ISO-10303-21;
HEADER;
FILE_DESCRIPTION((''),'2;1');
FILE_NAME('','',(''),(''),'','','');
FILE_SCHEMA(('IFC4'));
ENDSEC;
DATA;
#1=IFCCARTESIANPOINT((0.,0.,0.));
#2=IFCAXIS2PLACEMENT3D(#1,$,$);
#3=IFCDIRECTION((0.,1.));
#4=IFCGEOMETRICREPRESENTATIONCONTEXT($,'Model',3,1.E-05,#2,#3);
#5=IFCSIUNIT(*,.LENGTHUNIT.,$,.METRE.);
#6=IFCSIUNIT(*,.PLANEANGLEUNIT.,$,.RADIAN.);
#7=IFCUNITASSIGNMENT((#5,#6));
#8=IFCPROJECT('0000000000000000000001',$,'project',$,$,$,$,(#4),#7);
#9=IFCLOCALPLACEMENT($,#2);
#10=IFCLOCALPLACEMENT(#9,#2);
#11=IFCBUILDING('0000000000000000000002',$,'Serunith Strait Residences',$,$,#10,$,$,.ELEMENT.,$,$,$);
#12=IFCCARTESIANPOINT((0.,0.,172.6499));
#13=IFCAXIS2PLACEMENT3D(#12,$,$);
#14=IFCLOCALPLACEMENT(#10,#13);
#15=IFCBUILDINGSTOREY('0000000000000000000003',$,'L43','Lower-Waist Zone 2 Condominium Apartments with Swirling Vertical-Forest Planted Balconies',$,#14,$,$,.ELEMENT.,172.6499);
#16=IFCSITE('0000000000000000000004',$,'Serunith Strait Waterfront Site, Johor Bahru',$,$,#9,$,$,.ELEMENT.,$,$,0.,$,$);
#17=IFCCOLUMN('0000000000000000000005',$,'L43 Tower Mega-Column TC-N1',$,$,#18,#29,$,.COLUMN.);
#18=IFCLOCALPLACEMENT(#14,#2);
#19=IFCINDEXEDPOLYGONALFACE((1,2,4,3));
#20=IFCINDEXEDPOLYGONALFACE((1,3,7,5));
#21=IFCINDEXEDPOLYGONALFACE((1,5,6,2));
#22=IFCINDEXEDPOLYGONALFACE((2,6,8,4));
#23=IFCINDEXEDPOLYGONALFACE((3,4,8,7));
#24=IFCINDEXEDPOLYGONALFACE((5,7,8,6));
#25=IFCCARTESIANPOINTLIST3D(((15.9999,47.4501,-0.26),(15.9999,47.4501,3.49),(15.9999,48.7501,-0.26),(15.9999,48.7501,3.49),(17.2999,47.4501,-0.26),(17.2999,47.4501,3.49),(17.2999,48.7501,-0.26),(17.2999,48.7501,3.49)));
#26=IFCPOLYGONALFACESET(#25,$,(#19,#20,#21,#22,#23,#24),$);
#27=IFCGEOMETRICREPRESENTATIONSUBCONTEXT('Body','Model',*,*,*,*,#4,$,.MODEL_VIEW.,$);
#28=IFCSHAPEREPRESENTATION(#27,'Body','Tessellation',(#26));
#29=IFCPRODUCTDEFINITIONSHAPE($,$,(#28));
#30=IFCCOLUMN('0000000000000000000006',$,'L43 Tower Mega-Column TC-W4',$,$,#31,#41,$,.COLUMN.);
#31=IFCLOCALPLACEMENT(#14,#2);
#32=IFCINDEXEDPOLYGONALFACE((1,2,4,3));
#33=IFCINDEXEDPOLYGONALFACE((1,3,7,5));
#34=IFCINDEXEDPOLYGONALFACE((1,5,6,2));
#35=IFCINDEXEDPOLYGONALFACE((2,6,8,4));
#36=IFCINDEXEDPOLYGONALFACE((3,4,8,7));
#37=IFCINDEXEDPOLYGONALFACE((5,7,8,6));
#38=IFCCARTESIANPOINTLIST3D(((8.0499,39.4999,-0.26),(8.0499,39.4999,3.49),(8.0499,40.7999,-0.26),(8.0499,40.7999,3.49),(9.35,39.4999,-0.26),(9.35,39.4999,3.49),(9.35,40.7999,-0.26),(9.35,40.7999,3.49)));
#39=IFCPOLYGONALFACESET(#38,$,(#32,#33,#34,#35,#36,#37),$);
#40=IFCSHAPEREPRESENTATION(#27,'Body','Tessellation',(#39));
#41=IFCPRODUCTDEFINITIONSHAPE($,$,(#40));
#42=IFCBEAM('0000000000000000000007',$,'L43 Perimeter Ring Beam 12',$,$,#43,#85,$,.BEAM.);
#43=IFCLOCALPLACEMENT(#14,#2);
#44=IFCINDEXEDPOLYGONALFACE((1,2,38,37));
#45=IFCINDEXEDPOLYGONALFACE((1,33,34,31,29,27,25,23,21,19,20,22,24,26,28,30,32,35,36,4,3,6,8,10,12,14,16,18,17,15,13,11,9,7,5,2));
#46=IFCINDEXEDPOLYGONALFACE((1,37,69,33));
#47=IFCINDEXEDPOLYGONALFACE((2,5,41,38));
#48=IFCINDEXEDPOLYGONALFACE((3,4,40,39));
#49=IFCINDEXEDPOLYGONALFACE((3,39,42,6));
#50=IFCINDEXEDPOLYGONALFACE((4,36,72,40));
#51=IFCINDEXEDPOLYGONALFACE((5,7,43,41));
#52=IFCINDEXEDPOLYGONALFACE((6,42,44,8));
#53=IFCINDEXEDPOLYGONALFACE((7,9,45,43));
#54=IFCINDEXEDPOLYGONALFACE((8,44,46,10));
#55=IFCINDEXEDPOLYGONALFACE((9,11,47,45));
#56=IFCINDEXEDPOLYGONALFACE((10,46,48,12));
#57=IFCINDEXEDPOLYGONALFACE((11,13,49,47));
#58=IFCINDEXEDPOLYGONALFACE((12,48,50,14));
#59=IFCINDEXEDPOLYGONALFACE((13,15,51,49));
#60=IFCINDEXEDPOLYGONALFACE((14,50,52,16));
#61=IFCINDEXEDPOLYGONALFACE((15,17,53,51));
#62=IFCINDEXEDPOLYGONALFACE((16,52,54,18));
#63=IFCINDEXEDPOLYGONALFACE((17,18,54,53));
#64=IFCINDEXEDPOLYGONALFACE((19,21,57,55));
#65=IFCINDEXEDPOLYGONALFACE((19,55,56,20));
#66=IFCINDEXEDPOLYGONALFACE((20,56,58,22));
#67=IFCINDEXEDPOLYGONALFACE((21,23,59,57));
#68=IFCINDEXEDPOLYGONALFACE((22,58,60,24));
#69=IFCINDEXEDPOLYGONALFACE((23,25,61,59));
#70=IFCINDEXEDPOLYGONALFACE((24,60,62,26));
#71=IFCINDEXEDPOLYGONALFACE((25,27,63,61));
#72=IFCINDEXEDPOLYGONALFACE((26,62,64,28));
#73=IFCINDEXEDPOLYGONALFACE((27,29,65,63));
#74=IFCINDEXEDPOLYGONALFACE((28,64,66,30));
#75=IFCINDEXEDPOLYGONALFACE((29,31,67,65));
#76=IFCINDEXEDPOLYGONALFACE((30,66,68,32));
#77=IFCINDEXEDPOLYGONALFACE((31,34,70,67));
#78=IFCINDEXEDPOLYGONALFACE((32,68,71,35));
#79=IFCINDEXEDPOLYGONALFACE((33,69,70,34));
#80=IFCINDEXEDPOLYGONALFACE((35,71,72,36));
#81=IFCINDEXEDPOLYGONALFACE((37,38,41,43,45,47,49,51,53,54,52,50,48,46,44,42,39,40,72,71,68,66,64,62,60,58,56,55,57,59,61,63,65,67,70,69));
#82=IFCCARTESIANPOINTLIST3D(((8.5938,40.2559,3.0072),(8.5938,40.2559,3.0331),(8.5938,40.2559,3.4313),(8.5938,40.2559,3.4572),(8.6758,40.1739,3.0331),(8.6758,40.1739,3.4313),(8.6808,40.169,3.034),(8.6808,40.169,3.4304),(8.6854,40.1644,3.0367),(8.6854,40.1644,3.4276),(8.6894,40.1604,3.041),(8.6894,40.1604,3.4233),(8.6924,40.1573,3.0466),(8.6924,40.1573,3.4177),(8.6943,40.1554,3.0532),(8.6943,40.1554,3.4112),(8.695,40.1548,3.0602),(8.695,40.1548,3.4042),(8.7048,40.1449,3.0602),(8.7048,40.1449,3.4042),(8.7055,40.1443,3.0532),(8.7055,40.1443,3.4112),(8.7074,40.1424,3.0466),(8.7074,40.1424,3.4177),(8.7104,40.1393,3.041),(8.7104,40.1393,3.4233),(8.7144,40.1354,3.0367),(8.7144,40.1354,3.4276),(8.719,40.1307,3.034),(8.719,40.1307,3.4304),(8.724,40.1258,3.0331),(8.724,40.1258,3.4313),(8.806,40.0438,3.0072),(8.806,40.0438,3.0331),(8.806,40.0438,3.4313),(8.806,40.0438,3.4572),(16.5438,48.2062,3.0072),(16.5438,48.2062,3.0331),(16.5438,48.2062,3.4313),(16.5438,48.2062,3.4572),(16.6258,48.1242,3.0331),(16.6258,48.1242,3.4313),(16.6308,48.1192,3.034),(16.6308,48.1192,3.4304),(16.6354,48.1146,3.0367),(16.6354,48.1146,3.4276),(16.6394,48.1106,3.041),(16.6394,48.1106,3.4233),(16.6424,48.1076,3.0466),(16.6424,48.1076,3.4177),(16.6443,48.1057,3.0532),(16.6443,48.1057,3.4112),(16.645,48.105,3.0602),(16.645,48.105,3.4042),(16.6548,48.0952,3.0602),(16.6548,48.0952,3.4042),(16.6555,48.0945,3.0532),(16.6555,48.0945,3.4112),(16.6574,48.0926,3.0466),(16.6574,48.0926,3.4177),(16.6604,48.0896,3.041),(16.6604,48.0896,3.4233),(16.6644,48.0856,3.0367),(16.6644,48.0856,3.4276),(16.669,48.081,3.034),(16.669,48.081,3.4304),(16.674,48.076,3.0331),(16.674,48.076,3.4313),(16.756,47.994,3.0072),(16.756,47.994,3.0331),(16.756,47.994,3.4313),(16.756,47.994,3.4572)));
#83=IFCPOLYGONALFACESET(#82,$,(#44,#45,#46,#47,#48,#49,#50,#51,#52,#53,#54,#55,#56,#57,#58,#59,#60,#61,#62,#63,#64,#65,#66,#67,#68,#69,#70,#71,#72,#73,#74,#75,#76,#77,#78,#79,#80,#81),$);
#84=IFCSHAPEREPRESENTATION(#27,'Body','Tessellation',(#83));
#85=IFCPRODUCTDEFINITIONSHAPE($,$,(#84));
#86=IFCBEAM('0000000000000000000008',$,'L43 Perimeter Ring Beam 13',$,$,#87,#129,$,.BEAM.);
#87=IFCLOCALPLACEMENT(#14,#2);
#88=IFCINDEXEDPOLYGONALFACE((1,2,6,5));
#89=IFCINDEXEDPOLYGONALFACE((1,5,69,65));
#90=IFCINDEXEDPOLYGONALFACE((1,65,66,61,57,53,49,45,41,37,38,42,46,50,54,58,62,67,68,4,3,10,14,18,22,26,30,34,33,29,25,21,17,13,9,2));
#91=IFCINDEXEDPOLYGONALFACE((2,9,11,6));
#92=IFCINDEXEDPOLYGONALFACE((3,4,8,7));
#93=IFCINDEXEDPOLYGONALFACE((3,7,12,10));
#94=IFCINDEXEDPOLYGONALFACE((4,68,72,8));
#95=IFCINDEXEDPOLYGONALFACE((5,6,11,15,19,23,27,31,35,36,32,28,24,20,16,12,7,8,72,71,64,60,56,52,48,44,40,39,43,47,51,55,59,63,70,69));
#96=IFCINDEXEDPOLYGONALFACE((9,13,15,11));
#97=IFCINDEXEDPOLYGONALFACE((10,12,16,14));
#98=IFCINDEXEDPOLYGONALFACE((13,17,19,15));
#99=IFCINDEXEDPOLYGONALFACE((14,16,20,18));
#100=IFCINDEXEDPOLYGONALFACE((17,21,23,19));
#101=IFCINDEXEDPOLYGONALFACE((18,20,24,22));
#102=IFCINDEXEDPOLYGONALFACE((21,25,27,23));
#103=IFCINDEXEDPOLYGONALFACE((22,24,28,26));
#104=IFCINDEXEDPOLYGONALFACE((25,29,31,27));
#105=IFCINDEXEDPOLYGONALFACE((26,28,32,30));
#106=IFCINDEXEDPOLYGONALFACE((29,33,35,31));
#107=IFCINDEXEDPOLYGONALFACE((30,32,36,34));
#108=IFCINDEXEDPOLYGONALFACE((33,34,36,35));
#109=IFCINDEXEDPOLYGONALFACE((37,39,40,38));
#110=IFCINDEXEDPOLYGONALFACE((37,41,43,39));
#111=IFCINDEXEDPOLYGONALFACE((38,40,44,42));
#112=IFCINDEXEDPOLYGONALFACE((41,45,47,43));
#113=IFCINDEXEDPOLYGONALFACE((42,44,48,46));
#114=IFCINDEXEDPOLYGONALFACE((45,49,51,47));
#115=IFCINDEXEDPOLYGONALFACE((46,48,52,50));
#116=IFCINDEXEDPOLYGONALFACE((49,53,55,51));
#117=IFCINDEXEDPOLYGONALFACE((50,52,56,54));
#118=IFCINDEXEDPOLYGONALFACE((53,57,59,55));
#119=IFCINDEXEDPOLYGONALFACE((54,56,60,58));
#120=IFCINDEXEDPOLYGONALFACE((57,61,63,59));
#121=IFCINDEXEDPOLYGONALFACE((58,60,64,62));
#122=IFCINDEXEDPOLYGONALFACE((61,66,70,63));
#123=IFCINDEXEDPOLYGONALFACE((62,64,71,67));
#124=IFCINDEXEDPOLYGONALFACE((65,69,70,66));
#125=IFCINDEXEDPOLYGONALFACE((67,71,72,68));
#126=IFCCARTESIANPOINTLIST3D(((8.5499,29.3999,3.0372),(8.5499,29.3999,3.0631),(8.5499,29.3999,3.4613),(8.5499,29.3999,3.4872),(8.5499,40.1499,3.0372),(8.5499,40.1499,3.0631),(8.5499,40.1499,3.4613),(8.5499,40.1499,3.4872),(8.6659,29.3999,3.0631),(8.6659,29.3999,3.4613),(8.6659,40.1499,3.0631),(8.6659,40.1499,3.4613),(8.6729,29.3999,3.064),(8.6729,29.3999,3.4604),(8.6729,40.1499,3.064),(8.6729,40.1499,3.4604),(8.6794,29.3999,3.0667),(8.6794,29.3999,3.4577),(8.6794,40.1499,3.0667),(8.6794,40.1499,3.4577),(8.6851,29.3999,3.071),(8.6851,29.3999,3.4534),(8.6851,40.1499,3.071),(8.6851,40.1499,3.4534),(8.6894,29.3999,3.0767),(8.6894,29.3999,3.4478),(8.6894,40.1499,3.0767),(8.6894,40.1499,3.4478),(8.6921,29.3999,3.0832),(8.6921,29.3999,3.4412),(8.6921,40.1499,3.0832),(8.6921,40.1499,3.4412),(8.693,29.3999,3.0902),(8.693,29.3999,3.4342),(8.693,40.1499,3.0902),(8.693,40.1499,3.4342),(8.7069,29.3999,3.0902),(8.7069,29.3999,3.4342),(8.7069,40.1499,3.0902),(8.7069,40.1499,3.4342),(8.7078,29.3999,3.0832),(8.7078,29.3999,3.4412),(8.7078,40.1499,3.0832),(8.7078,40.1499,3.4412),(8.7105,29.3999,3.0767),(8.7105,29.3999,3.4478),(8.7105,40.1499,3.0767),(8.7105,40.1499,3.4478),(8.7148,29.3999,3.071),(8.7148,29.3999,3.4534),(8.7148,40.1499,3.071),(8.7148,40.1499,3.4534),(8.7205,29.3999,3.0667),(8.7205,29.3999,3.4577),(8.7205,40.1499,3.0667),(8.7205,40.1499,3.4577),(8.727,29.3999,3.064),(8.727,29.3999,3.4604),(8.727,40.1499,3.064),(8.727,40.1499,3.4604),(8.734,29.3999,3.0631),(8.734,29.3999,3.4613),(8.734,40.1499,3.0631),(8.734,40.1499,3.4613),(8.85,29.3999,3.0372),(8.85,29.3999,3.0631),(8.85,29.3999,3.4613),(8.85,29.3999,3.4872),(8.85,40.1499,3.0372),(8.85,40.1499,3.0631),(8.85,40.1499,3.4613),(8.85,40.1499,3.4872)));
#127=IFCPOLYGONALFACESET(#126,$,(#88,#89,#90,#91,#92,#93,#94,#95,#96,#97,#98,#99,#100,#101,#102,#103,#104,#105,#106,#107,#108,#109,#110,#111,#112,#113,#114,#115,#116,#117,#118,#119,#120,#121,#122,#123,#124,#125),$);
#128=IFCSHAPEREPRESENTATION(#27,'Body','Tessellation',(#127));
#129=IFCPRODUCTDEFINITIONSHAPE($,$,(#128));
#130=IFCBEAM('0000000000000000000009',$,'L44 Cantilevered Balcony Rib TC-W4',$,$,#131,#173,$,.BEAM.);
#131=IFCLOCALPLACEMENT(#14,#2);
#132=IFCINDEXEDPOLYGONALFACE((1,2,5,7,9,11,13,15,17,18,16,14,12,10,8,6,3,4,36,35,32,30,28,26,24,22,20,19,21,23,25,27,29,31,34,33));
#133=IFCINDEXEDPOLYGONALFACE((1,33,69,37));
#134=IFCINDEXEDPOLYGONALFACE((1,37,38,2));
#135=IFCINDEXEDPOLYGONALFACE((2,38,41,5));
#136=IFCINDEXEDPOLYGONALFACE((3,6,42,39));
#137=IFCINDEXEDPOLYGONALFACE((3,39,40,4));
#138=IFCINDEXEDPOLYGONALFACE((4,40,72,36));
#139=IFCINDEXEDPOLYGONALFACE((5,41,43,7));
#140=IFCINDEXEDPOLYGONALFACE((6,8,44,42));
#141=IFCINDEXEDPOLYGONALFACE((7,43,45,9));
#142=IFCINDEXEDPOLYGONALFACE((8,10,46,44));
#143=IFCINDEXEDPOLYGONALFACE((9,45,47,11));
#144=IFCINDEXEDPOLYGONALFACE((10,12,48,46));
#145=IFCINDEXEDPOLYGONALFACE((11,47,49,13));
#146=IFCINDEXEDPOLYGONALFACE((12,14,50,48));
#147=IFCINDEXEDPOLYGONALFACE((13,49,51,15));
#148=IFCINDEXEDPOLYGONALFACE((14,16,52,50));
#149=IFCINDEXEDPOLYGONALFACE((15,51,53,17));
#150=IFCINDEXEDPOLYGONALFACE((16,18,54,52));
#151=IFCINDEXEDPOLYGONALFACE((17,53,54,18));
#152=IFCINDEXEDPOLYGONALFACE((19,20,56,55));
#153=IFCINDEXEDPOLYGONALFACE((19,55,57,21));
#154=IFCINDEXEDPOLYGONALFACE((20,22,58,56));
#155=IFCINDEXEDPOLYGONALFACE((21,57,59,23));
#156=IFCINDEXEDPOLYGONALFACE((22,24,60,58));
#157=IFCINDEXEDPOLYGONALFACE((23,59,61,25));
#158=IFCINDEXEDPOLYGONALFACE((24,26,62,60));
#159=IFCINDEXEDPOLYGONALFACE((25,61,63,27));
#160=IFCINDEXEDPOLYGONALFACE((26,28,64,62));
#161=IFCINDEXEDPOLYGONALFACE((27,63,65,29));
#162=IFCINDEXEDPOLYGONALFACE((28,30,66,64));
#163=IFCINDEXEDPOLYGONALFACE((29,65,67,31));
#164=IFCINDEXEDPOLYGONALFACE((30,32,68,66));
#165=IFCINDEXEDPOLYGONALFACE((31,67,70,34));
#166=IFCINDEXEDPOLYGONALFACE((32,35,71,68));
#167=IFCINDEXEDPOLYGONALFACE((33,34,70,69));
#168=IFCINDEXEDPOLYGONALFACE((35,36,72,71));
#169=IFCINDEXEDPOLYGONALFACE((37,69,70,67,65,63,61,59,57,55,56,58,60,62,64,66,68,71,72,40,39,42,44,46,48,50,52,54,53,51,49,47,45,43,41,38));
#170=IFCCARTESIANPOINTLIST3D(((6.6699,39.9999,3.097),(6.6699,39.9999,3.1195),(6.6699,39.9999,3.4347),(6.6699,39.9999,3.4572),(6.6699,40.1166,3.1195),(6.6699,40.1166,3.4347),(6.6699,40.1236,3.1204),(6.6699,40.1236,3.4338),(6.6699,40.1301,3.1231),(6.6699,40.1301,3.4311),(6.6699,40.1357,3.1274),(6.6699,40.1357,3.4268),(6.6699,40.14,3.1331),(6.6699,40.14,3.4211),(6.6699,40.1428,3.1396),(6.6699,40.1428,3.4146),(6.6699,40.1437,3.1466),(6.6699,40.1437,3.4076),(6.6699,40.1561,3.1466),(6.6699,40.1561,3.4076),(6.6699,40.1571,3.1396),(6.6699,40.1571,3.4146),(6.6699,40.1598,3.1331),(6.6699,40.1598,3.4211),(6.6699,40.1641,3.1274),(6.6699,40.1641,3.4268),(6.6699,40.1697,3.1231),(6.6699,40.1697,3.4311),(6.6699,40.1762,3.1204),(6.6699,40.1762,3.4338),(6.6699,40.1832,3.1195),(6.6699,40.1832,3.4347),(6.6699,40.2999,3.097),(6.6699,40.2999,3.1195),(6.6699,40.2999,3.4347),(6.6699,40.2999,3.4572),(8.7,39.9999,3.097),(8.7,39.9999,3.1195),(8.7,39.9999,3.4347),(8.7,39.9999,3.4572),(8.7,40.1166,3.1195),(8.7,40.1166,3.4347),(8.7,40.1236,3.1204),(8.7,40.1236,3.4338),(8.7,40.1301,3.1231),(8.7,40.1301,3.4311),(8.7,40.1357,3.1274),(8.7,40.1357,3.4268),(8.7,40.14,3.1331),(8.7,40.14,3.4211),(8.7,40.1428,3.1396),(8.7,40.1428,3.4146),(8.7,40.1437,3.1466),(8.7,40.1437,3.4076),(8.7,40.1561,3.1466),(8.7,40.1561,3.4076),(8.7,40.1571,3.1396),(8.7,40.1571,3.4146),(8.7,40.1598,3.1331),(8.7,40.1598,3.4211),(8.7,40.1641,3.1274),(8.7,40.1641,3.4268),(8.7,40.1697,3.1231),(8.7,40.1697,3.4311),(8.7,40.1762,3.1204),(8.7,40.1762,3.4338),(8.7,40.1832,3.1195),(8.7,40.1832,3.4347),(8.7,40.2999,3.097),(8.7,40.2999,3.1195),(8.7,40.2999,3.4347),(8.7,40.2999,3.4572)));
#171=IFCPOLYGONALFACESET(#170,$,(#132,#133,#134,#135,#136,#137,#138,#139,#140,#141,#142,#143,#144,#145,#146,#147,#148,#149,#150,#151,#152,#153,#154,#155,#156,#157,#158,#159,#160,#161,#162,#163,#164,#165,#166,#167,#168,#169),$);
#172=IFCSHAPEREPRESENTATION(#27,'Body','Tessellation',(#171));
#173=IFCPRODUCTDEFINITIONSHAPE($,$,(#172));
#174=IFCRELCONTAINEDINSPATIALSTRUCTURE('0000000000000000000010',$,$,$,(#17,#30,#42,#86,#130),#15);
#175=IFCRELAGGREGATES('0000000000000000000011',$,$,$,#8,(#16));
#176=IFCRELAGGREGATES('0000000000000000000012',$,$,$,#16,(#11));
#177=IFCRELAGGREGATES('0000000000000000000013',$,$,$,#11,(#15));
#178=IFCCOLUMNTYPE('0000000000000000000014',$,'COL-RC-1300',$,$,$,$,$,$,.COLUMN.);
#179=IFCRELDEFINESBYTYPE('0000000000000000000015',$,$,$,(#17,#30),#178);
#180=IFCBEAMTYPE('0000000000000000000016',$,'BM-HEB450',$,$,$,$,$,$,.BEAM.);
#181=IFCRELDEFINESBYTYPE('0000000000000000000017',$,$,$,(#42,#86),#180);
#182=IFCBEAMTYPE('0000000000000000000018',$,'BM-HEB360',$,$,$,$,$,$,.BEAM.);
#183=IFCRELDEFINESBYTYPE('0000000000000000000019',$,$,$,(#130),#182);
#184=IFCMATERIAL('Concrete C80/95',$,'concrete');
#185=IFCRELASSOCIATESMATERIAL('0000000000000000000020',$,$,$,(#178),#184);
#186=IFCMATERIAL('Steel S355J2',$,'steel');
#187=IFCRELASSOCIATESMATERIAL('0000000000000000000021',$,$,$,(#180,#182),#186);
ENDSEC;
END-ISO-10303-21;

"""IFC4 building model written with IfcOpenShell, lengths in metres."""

from ifc_helpers import new_model, si_unit, direction, frame, origin, origin_2d, place, context, subcontext, project, spatial, rectangle, i_section, extrude, source, transform, mapped, material, material_profile, profile_set, type_object, element, save


model = new_model("IFC4")

# Units and contexts
model_context = context("Model", 3, precision=1e-05, world=origin(), true_north=direction((0.0, 1.0)))
body_context = subcontext(model_context, "Body", "Model", "MODEL_VIEW")
ifc_project = project(units=[si_unit("LENGTHUNIT", "METRE"), si_unit("PLANEANGLEUNIT", "RADIAN")], contexts=[model_context])

# Site, building, storey
site_placement = place(None, origin())
site = spatial("IfcSite", under=ifc_project, at=site_placement, Name="Serunith Strait Waterfront Site, Johor Bahru", CompositionType="ELEMENT", RefElevation=0.0)
building_placement = place(site_placement, origin())
building = spatial("IfcBuilding", under=site, at=building_placement, Name="Serunith Strait Residences", CompositionType="ELEMENT")
storey_placement = place(building_placement, frame((0.0, 0.0, 172.6499)))
storey = spatial("IfcBuildingStorey", under=building, at=storey_placement, Name="L43", Description="Lower-Waist Zone 2 Condominium Apartments with Swirling Vertical-Forest Planted Balconies", CompositionType="ELEMENT", Elevation=172.6499)

# Columns
ifc_material_1 = material(Name="Concrete C80/95", Category="concrete")
ifc_material_profile_1 = material_profile(ifc_material_1, rectangle(XDim=1.3, YDim=1.3, at=origin_2d()), Name="RC 1300x1300")
ifc_profile_set_1 = profile_set([ifc_material_profile_1], Name="Concrete C80/95")
column_type = type_object("IfcColumnType", Name="COL-RC-1300", PredefinedType="COLUMN", material=ifc_profile_set_1)
shared_shape_1 = source(origin(), body_context, "Body", "SweptSolid", [
    extrude(rectangle(XDim=1.3, YDim=1.3, at=origin_2d()), origin(), (0.0, 0.0, 1.0), 3.75),
])
for number, where, z_axis, x_axis, name in (
    (1, (16.6499, 48.1001, -0.26), (0.0, 0.0, 1.0), (1.0, 0.0, 0.0), "L43 Tower Mega-Column TC-N1"),
    (2, (8.7, 40.1499, -0.26), (0.0, 0.0, 1.0), (1.0, 0.0, 0.0), "L43 Tower Mega-Column TC-W4"),
):
    element("IfcColumn", number, at=place(storey_placement, frame(where, z_axis=z_axis, x_axis=x_axis)), inside=storey, type_object=column_type, Name=name, PredefinedType="COLUMN", context=body_context, shape_type="MappedRepresentation", body=[
        mapped(shared_shape_1, transform((0.0, 0.0, 0.0), scale=1.0)),
    ])

# Beams
ifc_material_2 = material(Name="Steel S355J2", Category="steel")
ifc_material_profile_2 = material_profile(ifc_material_2, i_section(OverallWidth=0.3, OverallDepth=0.45, WebThickness=0.0139, FlangeThickness=0.0259, FilletRadius=0.0271, at=origin_2d()), Name="HEB 450")
ifc_profile_set_2 = profile_set([ifc_material_profile_2], Name="Steel S355J2")
beam_type_1 = type_object("IfcBeamType", Name="BM-HEB450", PredefinedType="BEAM", material=ifc_profile_set_2)
shared_shape_2 = source(origin(), body_context, "Body", "SweptSolid", [
    extrude(i_section(OverallWidth=0.3, OverallDepth=0.45, WebThickness=0.0139, FlangeThickness=0.0259, FilletRadius=0.0271, at=origin_2d()), origin(), (0.0, 0.0, 1.0), 11.2432),
])
beam_1_placement = place(storey_placement, frame((16.6499, 48.1001, 3.2322), z_axis=(-0.707096, -0.707118, 0.0), x_axis=(0.707118, -0.707096, 0.0)))
element("IfcBeam", 3, at=beam_1_placement, inside=storey, type_object=beam_type_1, Name="L43 Perimeter Ring Beam 12", PredefinedType="BEAM", context=body_context, shape_type="MappedRepresentation", body=[
    mapped(shared_shape_2, transform((0.0, 0.0, 0.0), scale=1.0)),
])
shared_shape_3 = source(origin(), body_context, "Body", "SweptSolid", [
    extrude(i_section(OverallWidth=0.3, OverallDepth=0.45, WebThickness=0.0139, FlangeThickness=0.0259, FilletRadius=0.0271, at=origin_2d()), origin(), (0.0, 0.0, 1.0), 10.75),
])
beam_2_placement = place(storey_placement, frame((8.7, 40.1499, 3.2622), z_axis=(0.0, -1.0, 0.0), x_axis=(1.0, 0.0, 0.0)))
element("IfcBeam", 4, at=beam_2_placement, inside=storey, type_object=beam_type_1, Name="L43 Perimeter Ring Beam 13", PredefinedType="BEAM", context=body_context, shape_type="MappedRepresentation", body=[
    mapped(shared_shape_3, transform((0.0, 0.0, 0.0), scale=1.0)),
])
ifc_material_profile_3 = material_profile(ifc_material_2, i_section(OverallWidth=0.3, OverallDepth=0.3601, WebThickness=0.0125, FlangeThickness=0.0225, FilletRadius=0.0271, at=origin_2d()), Name="HEB 360")
ifc_profile_set_3 = profile_set([ifc_material_profile_3], Name="Steel S355J2")
beam_type_2 = type_object("IfcBeamType", Name="BM-HEB360", PredefinedType="BEAM", material=ifc_profile_set_3)
shared_shape_4 = source(origin(), body_context, "Body", "SweptSolid", [
    extrude(i_section(OverallWidth=0.3, OverallDepth=0.3601, WebThickness=0.0125, FlangeThickness=0.0225, FilletRadius=0.0271, at=origin_2d()), origin(), (0.0, 0.0, 1.0), 2.03),
])
beam_3_placement = place(storey_placement, frame((8.7, 40.1499, 3.2771), z_axis=(-1.0, 0.0, 0.0), x_axis=(0.0, -1.0, 0.0)))
element("IfcBeam", 5, at=beam_3_placement, inside=storey, type_object=beam_type_2, Name="L44 Cantilevered Balcony Rib TC-W4", PredefinedType="BEAM", context=body_context, shape_type="MappedRepresentation", body=[
    mapped(shared_shape_4, transform((0.0, 0.0, 0.0), scale=1.0)),
])

save(model, "model.ifc")
